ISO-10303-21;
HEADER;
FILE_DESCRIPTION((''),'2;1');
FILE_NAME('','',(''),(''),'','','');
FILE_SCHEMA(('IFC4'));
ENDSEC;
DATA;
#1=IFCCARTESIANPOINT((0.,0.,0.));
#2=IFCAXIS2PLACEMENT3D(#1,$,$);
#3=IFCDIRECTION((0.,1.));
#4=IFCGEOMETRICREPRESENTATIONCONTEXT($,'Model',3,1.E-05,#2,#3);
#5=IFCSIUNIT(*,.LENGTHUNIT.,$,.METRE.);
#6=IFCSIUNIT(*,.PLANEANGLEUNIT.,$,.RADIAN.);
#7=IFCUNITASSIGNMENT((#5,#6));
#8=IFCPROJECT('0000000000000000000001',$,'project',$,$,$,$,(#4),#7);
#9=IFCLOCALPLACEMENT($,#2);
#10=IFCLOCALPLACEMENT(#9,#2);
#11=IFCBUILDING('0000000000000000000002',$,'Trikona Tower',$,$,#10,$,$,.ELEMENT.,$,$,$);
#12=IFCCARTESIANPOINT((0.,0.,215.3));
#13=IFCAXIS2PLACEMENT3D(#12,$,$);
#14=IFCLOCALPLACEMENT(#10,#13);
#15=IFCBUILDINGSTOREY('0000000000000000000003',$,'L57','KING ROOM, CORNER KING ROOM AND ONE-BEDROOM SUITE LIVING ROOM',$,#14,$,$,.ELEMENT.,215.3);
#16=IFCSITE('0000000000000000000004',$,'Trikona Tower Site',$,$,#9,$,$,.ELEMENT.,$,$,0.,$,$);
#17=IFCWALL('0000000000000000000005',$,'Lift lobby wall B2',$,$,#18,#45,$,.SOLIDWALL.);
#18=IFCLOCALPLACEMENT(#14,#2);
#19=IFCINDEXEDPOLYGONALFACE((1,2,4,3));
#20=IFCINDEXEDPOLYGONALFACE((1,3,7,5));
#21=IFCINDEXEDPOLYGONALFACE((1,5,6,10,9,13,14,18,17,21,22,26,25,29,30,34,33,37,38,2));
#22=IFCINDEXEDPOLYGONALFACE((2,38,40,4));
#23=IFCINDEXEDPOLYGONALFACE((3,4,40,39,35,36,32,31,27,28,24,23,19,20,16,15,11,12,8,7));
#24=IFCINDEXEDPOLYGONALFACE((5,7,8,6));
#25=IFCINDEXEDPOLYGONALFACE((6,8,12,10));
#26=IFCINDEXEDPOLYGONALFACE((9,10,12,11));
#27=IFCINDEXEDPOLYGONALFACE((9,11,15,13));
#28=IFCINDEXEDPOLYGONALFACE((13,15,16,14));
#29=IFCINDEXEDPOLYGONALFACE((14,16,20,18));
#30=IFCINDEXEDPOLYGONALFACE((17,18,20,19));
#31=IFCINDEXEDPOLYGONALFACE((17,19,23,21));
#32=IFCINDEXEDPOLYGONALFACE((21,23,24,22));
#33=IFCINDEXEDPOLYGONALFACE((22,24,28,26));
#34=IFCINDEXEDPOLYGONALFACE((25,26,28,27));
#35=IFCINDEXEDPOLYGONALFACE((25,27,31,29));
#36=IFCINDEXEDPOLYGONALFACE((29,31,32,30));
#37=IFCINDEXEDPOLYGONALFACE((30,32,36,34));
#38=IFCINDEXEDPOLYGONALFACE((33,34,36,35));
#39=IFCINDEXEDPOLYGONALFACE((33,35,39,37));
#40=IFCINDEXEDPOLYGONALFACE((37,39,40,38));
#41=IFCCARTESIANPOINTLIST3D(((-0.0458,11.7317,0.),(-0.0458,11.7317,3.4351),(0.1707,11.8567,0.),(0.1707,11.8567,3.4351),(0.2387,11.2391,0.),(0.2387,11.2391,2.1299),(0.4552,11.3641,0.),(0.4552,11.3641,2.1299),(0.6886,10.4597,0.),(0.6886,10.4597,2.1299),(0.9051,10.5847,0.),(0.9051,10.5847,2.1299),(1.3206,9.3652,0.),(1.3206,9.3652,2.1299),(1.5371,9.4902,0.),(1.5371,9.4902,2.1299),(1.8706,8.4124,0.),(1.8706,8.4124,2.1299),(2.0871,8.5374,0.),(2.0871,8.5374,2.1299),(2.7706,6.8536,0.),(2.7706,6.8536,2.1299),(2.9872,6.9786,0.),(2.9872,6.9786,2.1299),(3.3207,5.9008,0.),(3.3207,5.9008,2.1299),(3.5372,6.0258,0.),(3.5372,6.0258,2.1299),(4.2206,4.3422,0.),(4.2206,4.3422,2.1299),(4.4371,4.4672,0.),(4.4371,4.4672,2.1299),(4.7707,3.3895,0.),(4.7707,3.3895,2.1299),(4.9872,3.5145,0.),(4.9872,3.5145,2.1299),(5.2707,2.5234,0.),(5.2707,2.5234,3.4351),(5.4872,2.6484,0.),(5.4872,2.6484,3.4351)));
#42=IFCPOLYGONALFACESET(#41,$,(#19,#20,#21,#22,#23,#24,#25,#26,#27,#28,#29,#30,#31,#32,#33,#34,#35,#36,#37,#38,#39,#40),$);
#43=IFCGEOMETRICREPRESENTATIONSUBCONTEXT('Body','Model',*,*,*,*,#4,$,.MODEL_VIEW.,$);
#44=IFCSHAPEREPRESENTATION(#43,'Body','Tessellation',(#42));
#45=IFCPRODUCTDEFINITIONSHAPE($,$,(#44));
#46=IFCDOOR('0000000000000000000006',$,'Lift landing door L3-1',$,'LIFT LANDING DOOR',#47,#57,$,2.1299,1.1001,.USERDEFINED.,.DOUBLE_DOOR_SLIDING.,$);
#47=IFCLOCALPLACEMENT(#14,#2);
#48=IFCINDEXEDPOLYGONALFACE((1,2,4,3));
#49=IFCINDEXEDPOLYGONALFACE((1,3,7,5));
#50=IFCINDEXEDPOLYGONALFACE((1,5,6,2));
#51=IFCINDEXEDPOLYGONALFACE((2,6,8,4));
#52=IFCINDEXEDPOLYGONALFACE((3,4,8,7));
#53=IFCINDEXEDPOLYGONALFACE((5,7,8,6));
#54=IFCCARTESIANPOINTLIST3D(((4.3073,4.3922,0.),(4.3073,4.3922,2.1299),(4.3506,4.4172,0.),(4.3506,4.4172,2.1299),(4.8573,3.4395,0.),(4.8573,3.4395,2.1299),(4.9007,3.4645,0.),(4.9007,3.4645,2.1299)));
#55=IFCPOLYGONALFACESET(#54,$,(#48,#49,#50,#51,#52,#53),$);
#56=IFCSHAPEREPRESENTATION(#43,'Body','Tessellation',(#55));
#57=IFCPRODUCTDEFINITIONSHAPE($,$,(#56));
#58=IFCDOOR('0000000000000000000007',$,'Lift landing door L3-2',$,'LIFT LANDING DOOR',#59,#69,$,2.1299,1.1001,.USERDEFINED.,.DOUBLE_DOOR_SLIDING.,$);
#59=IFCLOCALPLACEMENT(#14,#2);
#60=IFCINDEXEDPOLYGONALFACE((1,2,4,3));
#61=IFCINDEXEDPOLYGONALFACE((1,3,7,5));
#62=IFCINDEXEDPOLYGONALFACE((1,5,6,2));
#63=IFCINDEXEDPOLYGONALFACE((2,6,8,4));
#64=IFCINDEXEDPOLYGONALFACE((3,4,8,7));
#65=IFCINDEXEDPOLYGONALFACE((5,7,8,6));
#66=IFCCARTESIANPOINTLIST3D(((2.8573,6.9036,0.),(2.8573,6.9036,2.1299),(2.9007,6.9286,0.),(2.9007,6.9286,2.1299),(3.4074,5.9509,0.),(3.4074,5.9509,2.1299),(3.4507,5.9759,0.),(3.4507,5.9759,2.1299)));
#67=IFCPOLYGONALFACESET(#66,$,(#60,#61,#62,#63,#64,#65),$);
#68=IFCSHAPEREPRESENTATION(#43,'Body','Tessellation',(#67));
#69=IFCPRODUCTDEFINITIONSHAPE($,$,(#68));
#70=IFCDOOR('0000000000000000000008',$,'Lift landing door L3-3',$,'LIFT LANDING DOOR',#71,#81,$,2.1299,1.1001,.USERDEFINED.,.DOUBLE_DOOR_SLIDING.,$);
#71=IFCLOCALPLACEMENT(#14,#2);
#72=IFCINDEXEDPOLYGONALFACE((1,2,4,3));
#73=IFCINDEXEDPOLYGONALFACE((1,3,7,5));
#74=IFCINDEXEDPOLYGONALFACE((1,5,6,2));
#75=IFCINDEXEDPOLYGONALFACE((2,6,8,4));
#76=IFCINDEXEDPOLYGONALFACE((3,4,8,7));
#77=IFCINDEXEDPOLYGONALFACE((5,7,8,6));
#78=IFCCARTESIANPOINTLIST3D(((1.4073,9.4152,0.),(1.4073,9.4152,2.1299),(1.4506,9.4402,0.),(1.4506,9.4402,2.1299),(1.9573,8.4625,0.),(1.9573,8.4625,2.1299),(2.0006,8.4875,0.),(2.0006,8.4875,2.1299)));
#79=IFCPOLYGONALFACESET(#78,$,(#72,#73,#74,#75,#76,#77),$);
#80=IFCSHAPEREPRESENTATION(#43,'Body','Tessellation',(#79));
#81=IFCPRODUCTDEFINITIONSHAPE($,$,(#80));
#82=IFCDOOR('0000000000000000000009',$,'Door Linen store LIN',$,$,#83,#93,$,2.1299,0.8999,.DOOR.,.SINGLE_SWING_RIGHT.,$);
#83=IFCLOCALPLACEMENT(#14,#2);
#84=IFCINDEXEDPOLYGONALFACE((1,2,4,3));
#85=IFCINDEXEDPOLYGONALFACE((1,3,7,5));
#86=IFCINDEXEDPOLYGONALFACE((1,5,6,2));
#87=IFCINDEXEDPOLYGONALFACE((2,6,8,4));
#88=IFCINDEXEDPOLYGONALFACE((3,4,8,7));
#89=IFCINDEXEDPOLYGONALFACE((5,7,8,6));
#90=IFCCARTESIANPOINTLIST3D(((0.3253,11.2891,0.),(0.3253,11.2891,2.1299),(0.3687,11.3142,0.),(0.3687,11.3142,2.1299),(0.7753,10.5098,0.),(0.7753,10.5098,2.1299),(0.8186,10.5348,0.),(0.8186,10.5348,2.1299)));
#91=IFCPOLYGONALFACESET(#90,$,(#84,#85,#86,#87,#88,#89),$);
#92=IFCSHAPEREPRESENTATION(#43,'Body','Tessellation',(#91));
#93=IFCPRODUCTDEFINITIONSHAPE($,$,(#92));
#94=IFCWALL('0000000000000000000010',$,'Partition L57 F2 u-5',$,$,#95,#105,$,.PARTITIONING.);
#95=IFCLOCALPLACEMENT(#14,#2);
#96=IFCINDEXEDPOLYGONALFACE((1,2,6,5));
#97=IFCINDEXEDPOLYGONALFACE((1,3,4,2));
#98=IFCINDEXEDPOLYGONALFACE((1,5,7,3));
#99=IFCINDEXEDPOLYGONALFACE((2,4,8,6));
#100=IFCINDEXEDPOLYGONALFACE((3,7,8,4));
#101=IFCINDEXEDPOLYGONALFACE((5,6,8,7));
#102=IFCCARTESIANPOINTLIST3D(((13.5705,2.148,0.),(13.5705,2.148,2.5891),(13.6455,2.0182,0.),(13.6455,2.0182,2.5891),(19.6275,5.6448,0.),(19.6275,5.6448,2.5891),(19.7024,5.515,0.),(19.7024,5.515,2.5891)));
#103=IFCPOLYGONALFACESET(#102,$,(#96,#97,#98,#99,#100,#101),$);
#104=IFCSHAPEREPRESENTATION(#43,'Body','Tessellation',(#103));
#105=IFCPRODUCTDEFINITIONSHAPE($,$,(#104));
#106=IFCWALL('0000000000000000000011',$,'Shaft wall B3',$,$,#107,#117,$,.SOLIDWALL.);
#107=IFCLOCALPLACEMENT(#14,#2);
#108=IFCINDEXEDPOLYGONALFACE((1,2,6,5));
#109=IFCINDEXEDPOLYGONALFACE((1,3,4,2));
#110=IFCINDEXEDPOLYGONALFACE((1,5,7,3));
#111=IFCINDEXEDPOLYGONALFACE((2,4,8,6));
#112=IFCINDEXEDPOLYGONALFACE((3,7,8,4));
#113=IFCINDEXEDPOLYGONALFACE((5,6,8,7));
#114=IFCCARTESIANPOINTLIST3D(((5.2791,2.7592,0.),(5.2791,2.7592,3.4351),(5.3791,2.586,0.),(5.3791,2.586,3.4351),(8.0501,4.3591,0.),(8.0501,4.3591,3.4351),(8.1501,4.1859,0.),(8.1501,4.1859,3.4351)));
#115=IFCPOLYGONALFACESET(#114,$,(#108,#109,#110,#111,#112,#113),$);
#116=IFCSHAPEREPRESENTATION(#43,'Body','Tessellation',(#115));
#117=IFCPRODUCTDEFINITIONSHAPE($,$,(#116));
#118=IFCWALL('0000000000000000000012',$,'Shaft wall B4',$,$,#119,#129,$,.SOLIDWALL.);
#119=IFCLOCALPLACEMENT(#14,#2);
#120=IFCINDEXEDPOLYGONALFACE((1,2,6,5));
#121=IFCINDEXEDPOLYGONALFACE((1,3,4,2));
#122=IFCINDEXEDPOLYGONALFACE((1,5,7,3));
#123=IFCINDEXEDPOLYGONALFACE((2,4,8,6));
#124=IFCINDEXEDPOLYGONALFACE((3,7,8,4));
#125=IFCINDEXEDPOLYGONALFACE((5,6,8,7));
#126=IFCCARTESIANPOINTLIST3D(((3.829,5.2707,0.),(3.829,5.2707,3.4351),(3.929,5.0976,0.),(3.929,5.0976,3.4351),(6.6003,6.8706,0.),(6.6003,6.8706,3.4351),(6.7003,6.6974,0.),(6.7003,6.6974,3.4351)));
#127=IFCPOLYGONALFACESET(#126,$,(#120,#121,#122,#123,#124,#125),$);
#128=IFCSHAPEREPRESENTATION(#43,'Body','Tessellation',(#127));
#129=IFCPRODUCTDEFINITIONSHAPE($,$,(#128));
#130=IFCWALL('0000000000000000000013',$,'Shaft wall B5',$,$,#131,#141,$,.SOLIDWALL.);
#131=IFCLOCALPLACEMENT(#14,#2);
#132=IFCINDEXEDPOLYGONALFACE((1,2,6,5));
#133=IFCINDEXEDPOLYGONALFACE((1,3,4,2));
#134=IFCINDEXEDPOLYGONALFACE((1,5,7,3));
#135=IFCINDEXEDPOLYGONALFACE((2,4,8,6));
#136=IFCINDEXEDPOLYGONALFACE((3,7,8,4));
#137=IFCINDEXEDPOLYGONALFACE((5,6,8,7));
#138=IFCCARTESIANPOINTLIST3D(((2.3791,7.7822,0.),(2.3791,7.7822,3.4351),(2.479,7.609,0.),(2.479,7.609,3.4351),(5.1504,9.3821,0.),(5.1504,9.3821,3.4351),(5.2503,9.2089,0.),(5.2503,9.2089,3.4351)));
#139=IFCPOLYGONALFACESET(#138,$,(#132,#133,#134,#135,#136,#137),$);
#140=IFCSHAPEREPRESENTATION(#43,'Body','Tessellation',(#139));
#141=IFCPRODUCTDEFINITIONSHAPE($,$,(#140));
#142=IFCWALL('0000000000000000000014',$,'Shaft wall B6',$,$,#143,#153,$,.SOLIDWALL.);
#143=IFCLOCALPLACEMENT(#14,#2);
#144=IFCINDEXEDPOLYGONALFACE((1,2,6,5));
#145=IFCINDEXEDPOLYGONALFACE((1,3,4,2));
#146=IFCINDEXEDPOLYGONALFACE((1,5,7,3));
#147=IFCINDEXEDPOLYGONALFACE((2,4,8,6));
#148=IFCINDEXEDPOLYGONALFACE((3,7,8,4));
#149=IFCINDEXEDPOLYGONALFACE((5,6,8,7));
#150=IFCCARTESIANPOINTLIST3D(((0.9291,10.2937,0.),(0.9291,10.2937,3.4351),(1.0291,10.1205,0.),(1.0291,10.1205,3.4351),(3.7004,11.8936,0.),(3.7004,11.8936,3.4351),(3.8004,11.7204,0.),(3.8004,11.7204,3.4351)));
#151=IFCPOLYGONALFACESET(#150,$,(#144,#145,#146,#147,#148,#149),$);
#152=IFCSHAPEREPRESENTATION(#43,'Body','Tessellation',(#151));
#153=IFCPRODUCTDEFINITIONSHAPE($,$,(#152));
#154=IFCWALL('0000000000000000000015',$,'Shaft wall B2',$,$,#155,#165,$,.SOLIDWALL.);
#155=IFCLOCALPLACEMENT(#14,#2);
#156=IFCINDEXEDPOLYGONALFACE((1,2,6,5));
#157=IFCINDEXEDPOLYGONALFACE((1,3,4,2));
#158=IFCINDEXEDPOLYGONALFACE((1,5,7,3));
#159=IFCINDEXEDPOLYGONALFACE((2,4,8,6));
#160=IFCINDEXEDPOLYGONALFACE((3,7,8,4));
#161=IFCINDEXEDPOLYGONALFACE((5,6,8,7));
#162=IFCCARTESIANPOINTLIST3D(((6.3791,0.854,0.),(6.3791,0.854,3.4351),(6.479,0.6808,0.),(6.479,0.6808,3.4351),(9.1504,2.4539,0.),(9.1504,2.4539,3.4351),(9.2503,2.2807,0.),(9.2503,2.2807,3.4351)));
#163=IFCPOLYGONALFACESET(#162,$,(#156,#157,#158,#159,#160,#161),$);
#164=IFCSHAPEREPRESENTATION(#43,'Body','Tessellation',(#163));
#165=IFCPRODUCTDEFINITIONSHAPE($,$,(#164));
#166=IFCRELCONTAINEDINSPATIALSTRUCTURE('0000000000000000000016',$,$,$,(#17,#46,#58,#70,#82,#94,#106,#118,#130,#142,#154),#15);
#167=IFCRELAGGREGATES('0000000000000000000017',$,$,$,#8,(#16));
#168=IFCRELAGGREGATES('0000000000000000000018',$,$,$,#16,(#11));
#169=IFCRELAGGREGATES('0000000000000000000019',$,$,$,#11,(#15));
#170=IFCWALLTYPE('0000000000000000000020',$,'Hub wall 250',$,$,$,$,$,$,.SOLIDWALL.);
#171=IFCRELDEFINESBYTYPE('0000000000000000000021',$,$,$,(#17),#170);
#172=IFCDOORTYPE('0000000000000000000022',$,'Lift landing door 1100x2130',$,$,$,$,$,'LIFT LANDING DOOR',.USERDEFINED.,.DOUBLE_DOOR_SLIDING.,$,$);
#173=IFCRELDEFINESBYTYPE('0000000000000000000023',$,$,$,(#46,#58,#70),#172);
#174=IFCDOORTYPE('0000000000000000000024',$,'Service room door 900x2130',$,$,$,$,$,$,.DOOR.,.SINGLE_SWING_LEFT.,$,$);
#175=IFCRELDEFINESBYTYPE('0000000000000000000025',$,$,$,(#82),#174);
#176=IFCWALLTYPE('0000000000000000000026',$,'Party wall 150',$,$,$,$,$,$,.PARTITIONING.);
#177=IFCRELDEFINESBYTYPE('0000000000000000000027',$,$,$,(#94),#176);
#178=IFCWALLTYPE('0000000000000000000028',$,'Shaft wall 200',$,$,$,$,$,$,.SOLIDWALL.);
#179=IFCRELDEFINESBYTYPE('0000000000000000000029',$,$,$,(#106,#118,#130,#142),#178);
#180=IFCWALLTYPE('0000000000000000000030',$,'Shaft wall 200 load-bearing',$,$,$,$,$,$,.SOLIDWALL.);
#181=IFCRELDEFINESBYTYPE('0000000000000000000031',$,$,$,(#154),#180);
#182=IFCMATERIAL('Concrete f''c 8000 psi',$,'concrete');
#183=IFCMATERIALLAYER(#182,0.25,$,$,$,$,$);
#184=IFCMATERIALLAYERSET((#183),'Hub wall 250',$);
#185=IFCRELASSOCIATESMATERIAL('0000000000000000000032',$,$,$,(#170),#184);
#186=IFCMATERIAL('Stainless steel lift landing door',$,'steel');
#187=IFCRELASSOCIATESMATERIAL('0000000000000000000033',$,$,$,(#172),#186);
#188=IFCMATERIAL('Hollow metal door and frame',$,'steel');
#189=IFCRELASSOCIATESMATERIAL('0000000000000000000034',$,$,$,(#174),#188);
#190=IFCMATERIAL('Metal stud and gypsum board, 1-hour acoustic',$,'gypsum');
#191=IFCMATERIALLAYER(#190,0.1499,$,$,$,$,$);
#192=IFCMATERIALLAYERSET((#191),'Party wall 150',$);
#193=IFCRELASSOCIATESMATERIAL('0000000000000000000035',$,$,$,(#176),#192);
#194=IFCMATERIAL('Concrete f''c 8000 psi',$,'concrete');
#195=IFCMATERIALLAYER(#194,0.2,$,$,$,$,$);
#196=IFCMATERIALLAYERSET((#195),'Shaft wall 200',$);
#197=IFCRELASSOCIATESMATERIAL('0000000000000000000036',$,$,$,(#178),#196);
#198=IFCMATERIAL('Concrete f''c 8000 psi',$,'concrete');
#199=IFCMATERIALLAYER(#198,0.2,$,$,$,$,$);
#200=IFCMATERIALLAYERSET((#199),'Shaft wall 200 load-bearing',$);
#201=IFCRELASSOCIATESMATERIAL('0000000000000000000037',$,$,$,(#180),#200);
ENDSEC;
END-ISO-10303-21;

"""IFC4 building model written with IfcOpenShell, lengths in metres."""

from ifc_helpers import new_model, si_unit, direction, frame, frame_2d, origin, place, context, subcontext, project, spatial, rectangle, extrude, material, layer, layer_set, type_object, element, fill, save


model = new_model("IFC4")

# Units and contexts
model_context = context("Model", 3, precision=1e-05, world=origin(), true_north=direction((0.0, 1.0)))
body_context = subcontext(model_context, "Body", "Model", "MODEL_VIEW")
ifc_project = project(units=[si_unit("LENGTHUNIT", "METRE"), si_unit("PLANEANGLEUNIT", "RADIAN")], contexts=[model_context])

# Site, building, storey
site_placement = place(None, origin())
site = spatial("IfcSite", under=ifc_project, at=site_placement, Name="Trikona Tower Site", CompositionType="ELEMENT", RefElevation=0.0)
building_placement = place(site_placement, origin())
building = spatial("IfcBuilding", under=site, at=building_placement, Name="Trikona Tower", CompositionType="ELEMENT")
storey_placement = place(building_placement, frame((0.0, 0.0, 215.3)))
storey = spatial("IfcBuildingStorey", under=building, at=storey_placement, Name="L57", Description="KING ROOM, CORNER KING ROOM AND ONE-BEDROOM SUITE LIVING ROOM", CompositionType="ELEMENT", Elevation=215.3)

# Wall, openings, doors
ifc_material_1 = material(Name="Concrete f'c 8000 psi", Category="concrete")
ifc_layer_1 = layer(ifc_material_1, 0.25)
ifc_layer_set_1 = layer_set([ifc_layer_1], Name="Hub wall 250")
wall_type_1 = type_object("IfcWallType", Name="Hub wall 250", PredefinedType="SOLIDWALL", material=ifc_layer_set_1)
wall_1_placement = place(storey_placement, frame((5.3789, 2.5859, 0.0), z_axis=(0.0, 0.0, 1.0), x_axis=(-0.500001, 0.866025, 0.0)))
wall_1 = element("IfcWall", 1, at=wall_1_placement, inside=storey, type_object=wall_type_1, Name="Lift lobby wall B2", PredefinedType="SOLIDWALL", context=body_context, shape_type="SweptSolid", body=[
    extrude(rectangle(XDim=10.6328, YDim=0.25, at=frame_2d((5.3164, 0.0))), origin(), (0.0, 0.0, 1.0), 3.4351),
])
opening_1_placement = place(wall_1_placement, frame((9.1641, 0.0, 0.0)))
opening_1 = element("IfcOpeningElement", 2, at=opening_1_placement, cuts=wall_1, PredefinedType="OPENING", context=body_context, shape_type="SweptSolid", body=[
    extrude(rectangle(XDim=0.8999, YDim=2.1299, at=frame_2d((0.45, 1.0649))), frame((0.0, 0.135, 0.0), z_axis=(0.0, -1.0, 0.0), x_axis=(1.0, 0.0, 0.0)), (0.0, 0.0, 1.0), 0.27),
])
opening_2_placement = place(wall_1_placement, frame((1.0, 0.0, 0.0)))
opening_2 = element("IfcOpeningElement", 3, at=opening_2_placement, cuts=wall_1, PredefinedType="OPENING", context=body_context, shape_type="SweptSolid", body=[
    extrude(rectangle(XDim=1.1001, YDim=2.1299, at=frame_2d((0.55, 1.0649))), frame((0.0, 0.135, 0.0), z_axis=(0.0, -1.0, 0.0), x_axis=(1.0, 0.0, 0.0)), (0.0, 0.0, 1.0), 0.27),
])
opening_3_placement = place(wall_1_placement, frame((3.8999, 0.0, 0.0)))
opening_3 = element("IfcOpeningElement", 4, at=opening_3_placement, cuts=wall_1, PredefinedType="OPENING", context=body_context, shape_type="SweptSolid", body=[
    extrude(rectangle(XDim=1.1001, YDim=2.1299, at=frame_2d((0.55, 1.0649))), frame((0.0, 0.135, 0.0), z_axis=(0.0, -1.0, 0.0), x_axis=(1.0, 0.0, 0.0)), (0.0, 0.0, 1.0), 0.27),
])
opening_4_placement = place(wall_1_placement, frame((6.8, 0.0, 0.0)))
opening_4 = element("IfcOpeningElement", 5, at=opening_4_placement, cuts=wall_1, PredefinedType="OPENING", context=body_context, shape_type="SweptSolid", body=[
    extrude(rectangle(XDim=1.1001, YDim=2.1299, at=frame_2d((0.55, 1.0649))), frame((0.0, 0.135, 0.0), z_axis=(0.0, -1.0, 0.0), x_axis=(1.0, 0.0, 0.0)), (0.0, 0.0, 1.0), 0.27),
])
ifc_material_2 = material(Name="Stainless steel lift landing door", Category="steel")
door_type_1 = type_object("IfcDoorType", Name="Lift landing door 1100x2130", ElementType="LIFT LANDING DOOR", OperationType="DOUBLE_DOOR_SLIDING", PredefinedType="USERDEFINED", material=ifc_material_2)
door_1_placement = place(opening_2_placement, origin())
door_1 = element("IfcDoor", 6, at=door_1_placement, inside=storey, type_object=door_type_1, Name="Lift landing door L3-1", ObjectType="LIFT LANDING DOOR", OperationType="DOUBLE_DOOR_SLIDING", OverallHeight=2.1299, OverallWidth=1.1001, PredefinedType="USERDEFINED", context=body_context, shape_type="SweptSolid", body=[
    extrude(rectangle(XDim=1.1001, YDim=2.1299, at=frame_2d((0.55, 1.0649))), frame((0.0, 0.0249, 0.0), z_axis=(0.0, -1.0, 0.0), x_axis=(1.0, 0.0, 0.0)), (0.0, 0.0, 1.0), 0.05),
])
fill(opening_2, door_1)
door_2_placement = place(opening_3_placement, origin())
door_2 = element("IfcDoor", 7, at=door_2_placement, inside=storey, type_object=door_type_1, Name="Lift landing door L3-2", ObjectType="LIFT LANDING DOOR", OperationType="DOUBLE_DOOR_SLIDING", OverallHeight=2.1299, OverallWidth=1.1001, PredefinedType="USERDEFINED", context=body_context, shape_type="SweptSolid", body=[
    extrude(rectangle(XDim=1.1001, YDim=2.1299, at=frame_2d((0.55, 1.0649))), frame((0.0, 0.0249, 0.0), z_axis=(0.0, -1.0, 0.0), x_axis=(1.0, 0.0, 0.0)), (0.0, 0.0, 1.0), 0.05),
])
fill(opening_3, door_2)
door_3_placement = place(opening_4_placement, origin())
door_3 = element("IfcDoor", 8, at=door_3_placement, inside=storey, type_object=door_type_1, Name="Lift landing door L3-3", ObjectType="LIFT LANDING DOOR", OperationType="DOUBLE_DOOR_SLIDING", OverallHeight=2.1299, OverallWidth=1.1001, PredefinedType="USERDEFINED", context=body_context, shape_type="SweptSolid", body=[
    extrude(rectangle(XDim=1.1001, YDim=2.1299, at=frame_2d((0.55, 1.0649))), frame((0.0, 0.0249, 0.0), z_axis=(0.0, -1.0, 0.0), x_axis=(1.0, 0.0, 0.0)), (0.0, 0.0, 1.0), 0.05),
])
fill(opening_4, door_3)
ifc_material_3 = material(Name="Hollow metal door and frame", Category="steel")
door_type_2 = type_object("IfcDoorType", Name="Service room door 900x2130", OperationType="SINGLE_SWING_LEFT", PredefinedType="DOOR", material=ifc_material_3)
door_4_placement = place(opening_1_placement, origin())
door_4 = element("IfcDoor", 9, at=door_4_placement, inside=storey, type_object=door_type_2, Name="Door Linen store LIN", OperationType="SINGLE_SWING_RIGHT", OverallHeight=2.1299, OverallWidth=0.8999, PredefinedType="DOOR", context=body_context, shape_type="SweptSolid", body=[
    extrude(rectangle(XDim=0.8999, YDim=2.1299, at=frame_2d((0.45, 1.0649))), frame((0.0, 0.0249, 0.0), z_axis=(0.0, -1.0, 0.0), x_axis=(1.0, 0.0, 0.0)), (0.0, 0.0, 1.0), 0.05),
])
fill(opening_1, door_4)

# Walls
ifc_material_4 = material(Name="Metal stud and gypsum board, 1-hour acoustic", Category="gypsum")
ifc_layer_2 = layer(ifc_material_4, 0.1499)
ifc_layer_set_2 = layer_set([ifc_layer_2], Name="Party wall 150")
wall_type_2 = type_object("IfcWallType", Name="Party wall 150", PredefinedType="PARTITIONING", material=ifc_layer_set_2)
wall_2_placement = place(storey_placement, frame((13.6079, 2.083, 0.0), z_axis=(0.0, 0.0, 1.0), x_axis=(0.866033, 0.499987, 0.0)))
element("IfcWall", 10, at=wall_2_placement, inside=storey, type_object=wall_type_2, Name="Partition L57 F2 u-5", PredefinedType="PARTITIONING", context=body_context, shape_type="SweptSolid", body=[
    extrude(rectangle(XDim=6.9939, YDim=0.1499, at=frame_2d((3.4971, 0.0))), origin(), (0.0, 0.0, 1.0), 2.5891),
])
ifc_material_5 = material(Name="Concrete f'c 8000 psi", Category="concrete")
ifc_layer_3 = layer(ifc_material_5, 0.2)
ifc_layer_set_3 = layer_set([ifc_layer_3], Name="Shaft wall 200")
wall_type_3 = type_object("IfcWallType", Name="Shaft wall 200", PredefinedType="SOLIDWALL", material=ifc_layer_set_3)
wall_3_placement = place(storey_placement, frame((5.3291, 2.6726, 0.0), z_axis=(0.0, 0.0, 1.0), x_axis=(0.866023, 0.500004, 0.0)))
element("IfcWall", 11, at=wall_3_placement, inside=storey, type_object=wall_type_3, Name="Shaft wall B3", PredefinedType="SOLIDWALL", context=body_context, shape_type="SweptSolid", body=[
    extrude(rectangle(XDim=3.1997, YDim=0.2, at=frame_2d((1.5999, 0.0))), origin(), (0.0, 0.0, 1.0), 3.4351),
])
for number, where, z_axis, x_axis, name in (
    (12, (3.8789, 5.1841, 0.0), (0.0, 0.0, 1.0), (0.866042, 0.499971, 0.0), "Shaft wall B4"),
    (13, (2.429, 7.6956, 0.0), (0.0, 0.0, 1.0), (0.866042, 0.499971, 0.0), "Shaft wall B5"),
    (14, (0.979, 10.207, 0.0), (0.0, 0.0, 1.0), (0.866042, 0.499971, 0.0), "Shaft wall B6"),
):
    element("IfcWall", number, at=place(storey_placement, frame(where, z_axis=z_axis, x_axis=x_axis)), inside=storey, type_object=wall_type_3, Name=name, PredefinedType="SOLIDWALL", context=body_context, shape_type="SweptSolid", body=[
        extrude(rectangle(XDim=3.2, YDim=0.2, at=frame_2d((1.6001, 0.0))), origin(), (0.0, 0.0, 1.0), 3.4351),
    ])
ifc_material_6 = material(Name="Concrete f'c 8000 psi", Category="concrete")
ifc_layer_4 = layer(ifc_material_6, 0.2)
ifc_layer_set_4 = layer_set([ifc_layer_4], Name="Shaft wall 200 load-bearing")
wall_type_4 = type_object("IfcWallType", Name="Shaft wall 200 load-bearing", PredefinedType="SOLIDWALL", material=ifc_layer_set_4)
wall_4_placement = place(storey_placement, frame((6.429, 0.7673, 0.0), z_axis=(0.0, 0.0, 1.0), x_axis=(0.866042, 0.499971, 0.0)))
element("IfcWall", 15, at=wall_4_placement, inside=storey, type_object=wall_type_4, Name="Shaft wall B2", PredefinedType="SOLIDWALL", context=body_context, shape_type="SweptSolid", body=[
    extrude(rectangle(XDim=3.2, YDim=0.2, at=frame_2d((1.6001, 0.0))), origin(), (0.0, 0.0, 1.0), 3.4351),
])

save(model, "model.ifc")
